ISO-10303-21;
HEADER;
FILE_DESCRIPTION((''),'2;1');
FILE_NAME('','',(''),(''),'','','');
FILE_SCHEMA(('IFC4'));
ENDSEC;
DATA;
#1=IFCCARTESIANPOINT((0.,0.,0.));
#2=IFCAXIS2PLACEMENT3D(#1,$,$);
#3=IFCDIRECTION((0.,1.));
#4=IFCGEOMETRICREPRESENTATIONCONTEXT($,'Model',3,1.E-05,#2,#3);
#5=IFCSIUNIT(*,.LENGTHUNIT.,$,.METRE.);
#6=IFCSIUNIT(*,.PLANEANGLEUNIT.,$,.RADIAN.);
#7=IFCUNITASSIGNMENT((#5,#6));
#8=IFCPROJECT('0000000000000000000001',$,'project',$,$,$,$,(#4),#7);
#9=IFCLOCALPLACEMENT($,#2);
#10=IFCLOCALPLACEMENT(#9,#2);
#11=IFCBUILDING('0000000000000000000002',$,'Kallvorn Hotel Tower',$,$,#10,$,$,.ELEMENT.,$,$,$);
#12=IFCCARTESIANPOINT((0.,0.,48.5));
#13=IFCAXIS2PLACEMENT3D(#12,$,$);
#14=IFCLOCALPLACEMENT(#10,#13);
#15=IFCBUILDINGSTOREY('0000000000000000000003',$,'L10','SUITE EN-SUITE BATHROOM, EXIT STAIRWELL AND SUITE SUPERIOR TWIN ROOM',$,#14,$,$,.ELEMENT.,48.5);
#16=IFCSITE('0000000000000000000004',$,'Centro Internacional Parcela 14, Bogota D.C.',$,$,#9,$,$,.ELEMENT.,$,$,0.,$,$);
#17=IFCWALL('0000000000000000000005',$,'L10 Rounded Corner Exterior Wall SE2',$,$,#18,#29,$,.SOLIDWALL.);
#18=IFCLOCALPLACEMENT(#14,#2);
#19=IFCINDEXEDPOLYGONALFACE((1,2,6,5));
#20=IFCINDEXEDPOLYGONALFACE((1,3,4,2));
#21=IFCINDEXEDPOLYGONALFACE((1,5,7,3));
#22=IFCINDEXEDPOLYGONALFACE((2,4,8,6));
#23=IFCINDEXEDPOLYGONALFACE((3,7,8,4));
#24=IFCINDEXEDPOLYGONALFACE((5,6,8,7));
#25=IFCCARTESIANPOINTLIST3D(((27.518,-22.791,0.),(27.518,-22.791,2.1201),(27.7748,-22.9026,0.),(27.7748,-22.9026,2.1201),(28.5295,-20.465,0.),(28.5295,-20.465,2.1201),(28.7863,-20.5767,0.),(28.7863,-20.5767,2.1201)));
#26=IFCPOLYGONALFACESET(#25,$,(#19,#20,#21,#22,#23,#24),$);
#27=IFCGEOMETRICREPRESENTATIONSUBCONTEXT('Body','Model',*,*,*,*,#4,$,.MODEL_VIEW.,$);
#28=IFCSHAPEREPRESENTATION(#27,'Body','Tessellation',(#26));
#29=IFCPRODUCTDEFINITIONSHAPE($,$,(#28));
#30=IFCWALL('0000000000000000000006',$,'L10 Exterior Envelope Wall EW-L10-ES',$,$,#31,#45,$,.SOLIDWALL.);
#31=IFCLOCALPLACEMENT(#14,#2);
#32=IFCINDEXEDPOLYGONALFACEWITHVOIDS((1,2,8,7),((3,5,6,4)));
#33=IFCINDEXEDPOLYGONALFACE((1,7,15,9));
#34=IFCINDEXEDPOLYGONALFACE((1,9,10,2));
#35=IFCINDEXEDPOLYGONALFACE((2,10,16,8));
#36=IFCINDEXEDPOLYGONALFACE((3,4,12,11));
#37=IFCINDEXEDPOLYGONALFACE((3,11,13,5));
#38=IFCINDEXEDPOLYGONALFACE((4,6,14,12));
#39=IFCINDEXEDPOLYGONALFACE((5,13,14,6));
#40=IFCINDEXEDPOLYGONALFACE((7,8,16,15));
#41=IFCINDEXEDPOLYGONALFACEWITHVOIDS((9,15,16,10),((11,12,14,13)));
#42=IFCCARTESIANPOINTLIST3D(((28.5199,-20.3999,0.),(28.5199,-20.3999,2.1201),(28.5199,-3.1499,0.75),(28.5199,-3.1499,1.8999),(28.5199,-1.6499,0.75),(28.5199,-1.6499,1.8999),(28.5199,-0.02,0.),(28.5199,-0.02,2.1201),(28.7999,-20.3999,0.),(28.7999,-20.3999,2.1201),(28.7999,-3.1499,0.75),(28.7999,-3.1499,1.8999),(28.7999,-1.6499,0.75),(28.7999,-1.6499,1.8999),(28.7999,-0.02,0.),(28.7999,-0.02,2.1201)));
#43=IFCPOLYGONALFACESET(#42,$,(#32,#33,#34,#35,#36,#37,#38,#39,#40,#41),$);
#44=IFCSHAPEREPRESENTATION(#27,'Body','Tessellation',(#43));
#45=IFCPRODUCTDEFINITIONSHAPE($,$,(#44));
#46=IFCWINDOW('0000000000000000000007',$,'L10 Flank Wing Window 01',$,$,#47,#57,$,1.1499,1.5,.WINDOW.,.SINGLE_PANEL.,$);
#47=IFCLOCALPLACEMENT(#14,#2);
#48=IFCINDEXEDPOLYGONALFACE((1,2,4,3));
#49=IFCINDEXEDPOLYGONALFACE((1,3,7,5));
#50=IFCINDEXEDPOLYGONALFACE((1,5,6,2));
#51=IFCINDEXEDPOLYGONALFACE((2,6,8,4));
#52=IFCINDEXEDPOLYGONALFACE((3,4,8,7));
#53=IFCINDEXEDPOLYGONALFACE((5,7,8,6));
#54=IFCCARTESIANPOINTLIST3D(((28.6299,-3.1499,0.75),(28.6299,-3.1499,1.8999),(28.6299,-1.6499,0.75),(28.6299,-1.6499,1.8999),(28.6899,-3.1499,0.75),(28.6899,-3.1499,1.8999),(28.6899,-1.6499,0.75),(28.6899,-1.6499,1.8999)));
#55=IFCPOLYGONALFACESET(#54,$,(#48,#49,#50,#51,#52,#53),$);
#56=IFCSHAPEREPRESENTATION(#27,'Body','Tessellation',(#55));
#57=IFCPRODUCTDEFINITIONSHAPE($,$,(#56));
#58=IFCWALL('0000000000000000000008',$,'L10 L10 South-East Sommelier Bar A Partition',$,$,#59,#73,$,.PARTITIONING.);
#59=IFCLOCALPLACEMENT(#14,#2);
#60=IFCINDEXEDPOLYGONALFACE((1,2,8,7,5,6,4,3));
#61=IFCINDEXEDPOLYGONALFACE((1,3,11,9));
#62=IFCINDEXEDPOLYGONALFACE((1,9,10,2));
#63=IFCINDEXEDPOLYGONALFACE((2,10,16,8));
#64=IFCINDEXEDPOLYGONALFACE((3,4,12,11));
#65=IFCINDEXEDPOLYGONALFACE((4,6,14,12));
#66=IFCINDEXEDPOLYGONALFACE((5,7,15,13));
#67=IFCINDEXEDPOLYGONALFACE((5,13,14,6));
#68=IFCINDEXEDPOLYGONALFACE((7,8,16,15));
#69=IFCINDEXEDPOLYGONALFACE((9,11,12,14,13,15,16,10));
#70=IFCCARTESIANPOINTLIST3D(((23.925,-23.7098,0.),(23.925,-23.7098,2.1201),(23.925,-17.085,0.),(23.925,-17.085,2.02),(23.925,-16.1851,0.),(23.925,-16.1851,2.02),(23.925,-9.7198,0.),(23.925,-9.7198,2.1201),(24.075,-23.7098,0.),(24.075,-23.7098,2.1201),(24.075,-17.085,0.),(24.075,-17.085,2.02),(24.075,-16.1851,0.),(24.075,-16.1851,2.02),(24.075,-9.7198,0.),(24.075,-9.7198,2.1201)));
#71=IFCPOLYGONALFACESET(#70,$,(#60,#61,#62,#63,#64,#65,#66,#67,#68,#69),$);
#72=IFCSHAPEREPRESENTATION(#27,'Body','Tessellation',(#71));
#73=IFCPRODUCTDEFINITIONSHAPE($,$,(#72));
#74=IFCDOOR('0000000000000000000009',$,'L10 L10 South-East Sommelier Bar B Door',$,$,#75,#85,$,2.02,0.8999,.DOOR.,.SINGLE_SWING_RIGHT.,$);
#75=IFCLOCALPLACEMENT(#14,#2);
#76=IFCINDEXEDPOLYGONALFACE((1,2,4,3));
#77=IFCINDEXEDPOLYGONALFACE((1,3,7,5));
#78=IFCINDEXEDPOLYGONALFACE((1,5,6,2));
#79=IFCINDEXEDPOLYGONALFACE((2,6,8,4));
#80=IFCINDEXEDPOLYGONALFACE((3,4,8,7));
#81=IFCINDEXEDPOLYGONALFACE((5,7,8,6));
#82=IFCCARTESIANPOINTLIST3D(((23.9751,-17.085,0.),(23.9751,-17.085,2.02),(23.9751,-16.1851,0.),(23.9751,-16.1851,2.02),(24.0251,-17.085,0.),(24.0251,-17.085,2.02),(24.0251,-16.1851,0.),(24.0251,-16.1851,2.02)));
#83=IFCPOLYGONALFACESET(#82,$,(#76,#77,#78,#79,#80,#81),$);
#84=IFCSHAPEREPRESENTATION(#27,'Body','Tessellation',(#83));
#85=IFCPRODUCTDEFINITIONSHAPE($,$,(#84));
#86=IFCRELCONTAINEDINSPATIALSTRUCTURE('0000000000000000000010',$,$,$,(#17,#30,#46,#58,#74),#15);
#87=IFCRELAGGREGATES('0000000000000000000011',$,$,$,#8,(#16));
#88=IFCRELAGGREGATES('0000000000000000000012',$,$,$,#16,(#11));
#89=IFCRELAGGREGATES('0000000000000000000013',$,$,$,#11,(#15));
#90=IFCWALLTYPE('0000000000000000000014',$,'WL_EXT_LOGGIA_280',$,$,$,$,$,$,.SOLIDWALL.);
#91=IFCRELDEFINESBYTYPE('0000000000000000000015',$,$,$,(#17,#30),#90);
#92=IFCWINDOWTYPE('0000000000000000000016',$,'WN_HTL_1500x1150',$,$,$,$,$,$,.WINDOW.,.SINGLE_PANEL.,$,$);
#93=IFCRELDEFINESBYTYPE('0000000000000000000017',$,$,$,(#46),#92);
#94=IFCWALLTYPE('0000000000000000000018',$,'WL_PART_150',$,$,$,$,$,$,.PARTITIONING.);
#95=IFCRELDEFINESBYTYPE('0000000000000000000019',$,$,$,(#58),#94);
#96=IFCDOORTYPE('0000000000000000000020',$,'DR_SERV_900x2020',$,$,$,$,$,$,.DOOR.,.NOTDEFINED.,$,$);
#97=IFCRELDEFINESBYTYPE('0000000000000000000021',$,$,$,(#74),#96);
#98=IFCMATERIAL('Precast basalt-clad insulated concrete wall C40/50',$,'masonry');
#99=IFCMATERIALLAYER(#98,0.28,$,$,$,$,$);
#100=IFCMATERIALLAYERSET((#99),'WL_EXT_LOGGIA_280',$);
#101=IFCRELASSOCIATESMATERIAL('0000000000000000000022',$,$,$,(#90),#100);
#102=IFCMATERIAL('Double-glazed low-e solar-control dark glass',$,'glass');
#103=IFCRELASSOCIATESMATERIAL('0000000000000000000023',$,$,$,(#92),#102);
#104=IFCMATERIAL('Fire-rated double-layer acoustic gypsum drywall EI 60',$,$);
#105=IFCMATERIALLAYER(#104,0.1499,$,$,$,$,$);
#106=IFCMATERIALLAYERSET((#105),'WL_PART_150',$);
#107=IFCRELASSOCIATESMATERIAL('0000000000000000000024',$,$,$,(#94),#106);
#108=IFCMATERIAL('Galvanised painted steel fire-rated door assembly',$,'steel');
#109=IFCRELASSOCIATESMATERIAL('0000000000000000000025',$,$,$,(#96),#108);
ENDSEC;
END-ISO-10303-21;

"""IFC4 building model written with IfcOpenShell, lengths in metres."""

from ifc_helpers import new_model, si_unit, direction, frame, frame_2d, origin, place, context, subcontext, project, spatial, rectangle, extrude, material, layer, layer_set, type_object, element, fill, save


model = new_model("IFC4")

# Units and contexts
model_context = context("Model", 3, precision=1e-05, world=origin(), true_north=direction((0.0, 1.0)))
body_context = subcontext(model_context, "Body", "Model", "MODEL_VIEW")
ifc_project = project(units=[si_unit("LENGTHUNIT", "METRE"), si_unit("PLANEANGLEUNIT", "RADIAN")], contexts=[model_context])

# Site, building, storey
site_placement = place(None, origin())
site = spatial("IfcSite", under=ifc_project, at=site_placement, Name="Centro Internacional Parcela 14, Bogota D.C.", CompositionType="ELEMENT", RefElevation=0.0)
building_placement = place(site_placement, origin())
building = spatial("IfcBuilding", under=site, at=building_placement, Name="Kallvorn Hotel Tower", CompositionType="ELEMENT")
storey_placement = place(building_placement, frame((0.0, 0.0, 48.5)))
storey = spatial("IfcBuildingStorey", under=building, at=storey_placement, Name="L10", Description="SUITE EN-SUITE BATHROOM, EXIT STAIRWELL AND SUITE SUPERIOR TWIN ROOM", CompositionType="ELEMENT", Elevation=48.5)

# Wall
ifc_material_1 = material(Name="Precast basalt-clad insulated concrete wall C40/50", Category="masonry")
ifc_layer_1 = layer(ifc_material_1, 0.28)
ifc_layer_set_1 = layer_set([ifc_layer_1], Name="WL_EXT_LOGGIA_280")
wall_type_1 = type_object("IfcWallType", Name="WL_EXT_LOGGIA_280", PredefinedType="SOLIDWALL", material=ifc_layer_set_1)
wall_1_placement = place(storey_placement, frame((27.6465, -22.8467, 0.0), z_axis=(0.0, 0.0, 1.0), x_axis=(0.398793, 0.917041, 0.0)))
element("IfcWall", 1, at=wall_1_placement, inside=storey, type_object=wall_type_1, Name="L10 Rounded Corner Exterior Wall SE2", PredefinedType="SOLIDWALL", context=body_context, shape_type="SweptSolid", body=[
    extrude(rectangle(XDim=2.5364, YDim=0.28, at=frame_2d((1.2681, 0.0))), origin(), (0.0, 0.0, 1.0), 2.1201),
])

# Wall, opening, window
wall_2_placement = place(storey_placement, frame((28.6599, -20.3999, 0.0), z_axis=(0.0, 0.0, 1.0), x_axis=(0.0, 1.0, 0.0)))
wall_2 = element("IfcWall", 2, at=wall_2_placement, inside=storey, type_object=wall_type_1, Name="L10 Exterior Envelope Wall EW-L10-ES", PredefinedType="SOLIDWALL", context=body_context, shape_type="SweptSolid", body=[
    extrude(rectangle(XDim=20.3799, YDim=0.28, at=frame_2d((10.1899, 0.0))), origin(), (0.0, 0.0, 1.0), 2.1201),
])
opening_1_placement = place(wall_2_placement, frame((17.25, 0.0, 0.75)))
opening_1 = element("IfcOpeningElement", 3, at=opening_1_placement, cuts=wall_2, PredefinedType="OPENING", context=body_context, shape_type="SweptSolid", body=[
    extrude(rectangle(XDim=1.5, YDim=1.1499, at=frame_2d((0.75, 0.575))), frame((0.0, 0.155, 0.0), z_axis=(0.0, -1.0, 0.0), x_axis=(1.0, 0.0, 0.0)), (0.0, 0.0, 1.0), 0.3101),
])
ifc_material_2 = material(Name="Double-glazed low-e solar-control dark glass", Category="glass")
window_type = type_object("IfcWindowType", Name="WN_HTL_1500x1150", PartitioningType="SINGLE_PANEL", PredefinedType="WINDOW", material=ifc_material_2)
window_placement = place(opening_1_placement, origin())
window = element("IfcWindow", 4, at=window_placement, inside=storey, type_object=window_type, Name="L10 Flank Wing Window 01", OverallHeight=1.1499, OverallWidth=1.5, PartitioningType="SINGLE_PANEL", PredefinedType="WINDOW", context=body_context, shape_type="SweptSolid", body=[
    extrude(rectangle(XDim=1.5, YDim=1.1499, at=frame_2d((0.75, 0.575))), frame((0.0, 0.03, 0.0), z_axis=(0.0, -1.0, 0.0), x_axis=(1.0, 0.0, 0.0)), (0.0, 0.0, 1.0), 0.0601),
])
fill(opening_1, window)

# Wall, opening, door
ifc_material_3 = material(Name="Fire-rated double-layer acoustic gypsum drywall EI 60")
ifc_layer_2 = layer(ifc_material_3, 0.1499)
ifc_layer_set_2 = layer_set([ifc_layer_2], Name="WL_PART_150")
wall_type_2 = type_object("IfcWallType", Name="WL_PART_150", PredefinedType="PARTITIONING", material=ifc_layer_set_2)
wall_3_placement = place(storey_placement, frame((24.0, -23.71, 0.0), z_axis=(0.0, 0.0, 1.0), x_axis=(0.0, 1.0, 0.0)))
wall_3 = element("IfcWall", 5, at=wall_3_placement, inside=storey, type_object=wall_type_2, Name="L10 L10 South-East Sommelier Bar A Partition", PredefinedType="PARTITIONING", context=body_context, shape_type="SweptSolid", body=[
    extrude(rectangle(XDim=13.99, YDim=0.1499, at=frame_2d((6.9951, 0.0))), origin(), (0.0, 0.0, 1.0), 2.1201),
])
opening_2_placement = place(wall_3_placement, frame((6.625, 0.0, 0.0)))
opening_2 = element("IfcOpeningElement", 6, at=opening_2_placement, cuts=wall_3, PredefinedType="OPENING", context=body_context, shape_type="SweptSolid", body=[
    extrude(rectangle(XDim=0.8999, YDim=2.02, at=frame_2d((0.45, 1.01))), frame((0.0, 0.0898, 0.0), z_axis=(0.0, -1.0, 0.0), x_axis=(1.0, 0.0, 0.0)), (0.0, 0.0, 1.0), 0.1799),
])
ifc_material_4 = material(Name="Galvanised painted steel fire-rated door assembly", Category="steel")
door_type = type_object("IfcDoorType", Name="DR_SERV_900x2020", OperationType="NOTDEFINED", PredefinedType="DOOR", material=ifc_material_4)
door_placement = place(opening_2_placement, origin())
door = element("IfcDoor", 7, at=door_placement, inside=storey, type_object=door_type, Name="L10 L10 South-East Sommelier Bar B Door", OperationType="SINGLE_SWING_RIGHT", OverallHeight=2.02, OverallWidth=0.8999, PredefinedType="DOOR", context=body_context, shape_type="SweptSolid", body=[
    extrude(rectangle(XDim=0.8999, YDim=2.02, at=frame_2d((0.45, 1.01))), frame((0.0, 0.0249, 0.0), z_axis=(0.0, -1.0, 0.0), x_axis=(1.0, 0.0, 0.0)), (0.0, 0.0, 1.0), 0.05),
])
fill(opening_2, door)

save(model, "model.ifc")
